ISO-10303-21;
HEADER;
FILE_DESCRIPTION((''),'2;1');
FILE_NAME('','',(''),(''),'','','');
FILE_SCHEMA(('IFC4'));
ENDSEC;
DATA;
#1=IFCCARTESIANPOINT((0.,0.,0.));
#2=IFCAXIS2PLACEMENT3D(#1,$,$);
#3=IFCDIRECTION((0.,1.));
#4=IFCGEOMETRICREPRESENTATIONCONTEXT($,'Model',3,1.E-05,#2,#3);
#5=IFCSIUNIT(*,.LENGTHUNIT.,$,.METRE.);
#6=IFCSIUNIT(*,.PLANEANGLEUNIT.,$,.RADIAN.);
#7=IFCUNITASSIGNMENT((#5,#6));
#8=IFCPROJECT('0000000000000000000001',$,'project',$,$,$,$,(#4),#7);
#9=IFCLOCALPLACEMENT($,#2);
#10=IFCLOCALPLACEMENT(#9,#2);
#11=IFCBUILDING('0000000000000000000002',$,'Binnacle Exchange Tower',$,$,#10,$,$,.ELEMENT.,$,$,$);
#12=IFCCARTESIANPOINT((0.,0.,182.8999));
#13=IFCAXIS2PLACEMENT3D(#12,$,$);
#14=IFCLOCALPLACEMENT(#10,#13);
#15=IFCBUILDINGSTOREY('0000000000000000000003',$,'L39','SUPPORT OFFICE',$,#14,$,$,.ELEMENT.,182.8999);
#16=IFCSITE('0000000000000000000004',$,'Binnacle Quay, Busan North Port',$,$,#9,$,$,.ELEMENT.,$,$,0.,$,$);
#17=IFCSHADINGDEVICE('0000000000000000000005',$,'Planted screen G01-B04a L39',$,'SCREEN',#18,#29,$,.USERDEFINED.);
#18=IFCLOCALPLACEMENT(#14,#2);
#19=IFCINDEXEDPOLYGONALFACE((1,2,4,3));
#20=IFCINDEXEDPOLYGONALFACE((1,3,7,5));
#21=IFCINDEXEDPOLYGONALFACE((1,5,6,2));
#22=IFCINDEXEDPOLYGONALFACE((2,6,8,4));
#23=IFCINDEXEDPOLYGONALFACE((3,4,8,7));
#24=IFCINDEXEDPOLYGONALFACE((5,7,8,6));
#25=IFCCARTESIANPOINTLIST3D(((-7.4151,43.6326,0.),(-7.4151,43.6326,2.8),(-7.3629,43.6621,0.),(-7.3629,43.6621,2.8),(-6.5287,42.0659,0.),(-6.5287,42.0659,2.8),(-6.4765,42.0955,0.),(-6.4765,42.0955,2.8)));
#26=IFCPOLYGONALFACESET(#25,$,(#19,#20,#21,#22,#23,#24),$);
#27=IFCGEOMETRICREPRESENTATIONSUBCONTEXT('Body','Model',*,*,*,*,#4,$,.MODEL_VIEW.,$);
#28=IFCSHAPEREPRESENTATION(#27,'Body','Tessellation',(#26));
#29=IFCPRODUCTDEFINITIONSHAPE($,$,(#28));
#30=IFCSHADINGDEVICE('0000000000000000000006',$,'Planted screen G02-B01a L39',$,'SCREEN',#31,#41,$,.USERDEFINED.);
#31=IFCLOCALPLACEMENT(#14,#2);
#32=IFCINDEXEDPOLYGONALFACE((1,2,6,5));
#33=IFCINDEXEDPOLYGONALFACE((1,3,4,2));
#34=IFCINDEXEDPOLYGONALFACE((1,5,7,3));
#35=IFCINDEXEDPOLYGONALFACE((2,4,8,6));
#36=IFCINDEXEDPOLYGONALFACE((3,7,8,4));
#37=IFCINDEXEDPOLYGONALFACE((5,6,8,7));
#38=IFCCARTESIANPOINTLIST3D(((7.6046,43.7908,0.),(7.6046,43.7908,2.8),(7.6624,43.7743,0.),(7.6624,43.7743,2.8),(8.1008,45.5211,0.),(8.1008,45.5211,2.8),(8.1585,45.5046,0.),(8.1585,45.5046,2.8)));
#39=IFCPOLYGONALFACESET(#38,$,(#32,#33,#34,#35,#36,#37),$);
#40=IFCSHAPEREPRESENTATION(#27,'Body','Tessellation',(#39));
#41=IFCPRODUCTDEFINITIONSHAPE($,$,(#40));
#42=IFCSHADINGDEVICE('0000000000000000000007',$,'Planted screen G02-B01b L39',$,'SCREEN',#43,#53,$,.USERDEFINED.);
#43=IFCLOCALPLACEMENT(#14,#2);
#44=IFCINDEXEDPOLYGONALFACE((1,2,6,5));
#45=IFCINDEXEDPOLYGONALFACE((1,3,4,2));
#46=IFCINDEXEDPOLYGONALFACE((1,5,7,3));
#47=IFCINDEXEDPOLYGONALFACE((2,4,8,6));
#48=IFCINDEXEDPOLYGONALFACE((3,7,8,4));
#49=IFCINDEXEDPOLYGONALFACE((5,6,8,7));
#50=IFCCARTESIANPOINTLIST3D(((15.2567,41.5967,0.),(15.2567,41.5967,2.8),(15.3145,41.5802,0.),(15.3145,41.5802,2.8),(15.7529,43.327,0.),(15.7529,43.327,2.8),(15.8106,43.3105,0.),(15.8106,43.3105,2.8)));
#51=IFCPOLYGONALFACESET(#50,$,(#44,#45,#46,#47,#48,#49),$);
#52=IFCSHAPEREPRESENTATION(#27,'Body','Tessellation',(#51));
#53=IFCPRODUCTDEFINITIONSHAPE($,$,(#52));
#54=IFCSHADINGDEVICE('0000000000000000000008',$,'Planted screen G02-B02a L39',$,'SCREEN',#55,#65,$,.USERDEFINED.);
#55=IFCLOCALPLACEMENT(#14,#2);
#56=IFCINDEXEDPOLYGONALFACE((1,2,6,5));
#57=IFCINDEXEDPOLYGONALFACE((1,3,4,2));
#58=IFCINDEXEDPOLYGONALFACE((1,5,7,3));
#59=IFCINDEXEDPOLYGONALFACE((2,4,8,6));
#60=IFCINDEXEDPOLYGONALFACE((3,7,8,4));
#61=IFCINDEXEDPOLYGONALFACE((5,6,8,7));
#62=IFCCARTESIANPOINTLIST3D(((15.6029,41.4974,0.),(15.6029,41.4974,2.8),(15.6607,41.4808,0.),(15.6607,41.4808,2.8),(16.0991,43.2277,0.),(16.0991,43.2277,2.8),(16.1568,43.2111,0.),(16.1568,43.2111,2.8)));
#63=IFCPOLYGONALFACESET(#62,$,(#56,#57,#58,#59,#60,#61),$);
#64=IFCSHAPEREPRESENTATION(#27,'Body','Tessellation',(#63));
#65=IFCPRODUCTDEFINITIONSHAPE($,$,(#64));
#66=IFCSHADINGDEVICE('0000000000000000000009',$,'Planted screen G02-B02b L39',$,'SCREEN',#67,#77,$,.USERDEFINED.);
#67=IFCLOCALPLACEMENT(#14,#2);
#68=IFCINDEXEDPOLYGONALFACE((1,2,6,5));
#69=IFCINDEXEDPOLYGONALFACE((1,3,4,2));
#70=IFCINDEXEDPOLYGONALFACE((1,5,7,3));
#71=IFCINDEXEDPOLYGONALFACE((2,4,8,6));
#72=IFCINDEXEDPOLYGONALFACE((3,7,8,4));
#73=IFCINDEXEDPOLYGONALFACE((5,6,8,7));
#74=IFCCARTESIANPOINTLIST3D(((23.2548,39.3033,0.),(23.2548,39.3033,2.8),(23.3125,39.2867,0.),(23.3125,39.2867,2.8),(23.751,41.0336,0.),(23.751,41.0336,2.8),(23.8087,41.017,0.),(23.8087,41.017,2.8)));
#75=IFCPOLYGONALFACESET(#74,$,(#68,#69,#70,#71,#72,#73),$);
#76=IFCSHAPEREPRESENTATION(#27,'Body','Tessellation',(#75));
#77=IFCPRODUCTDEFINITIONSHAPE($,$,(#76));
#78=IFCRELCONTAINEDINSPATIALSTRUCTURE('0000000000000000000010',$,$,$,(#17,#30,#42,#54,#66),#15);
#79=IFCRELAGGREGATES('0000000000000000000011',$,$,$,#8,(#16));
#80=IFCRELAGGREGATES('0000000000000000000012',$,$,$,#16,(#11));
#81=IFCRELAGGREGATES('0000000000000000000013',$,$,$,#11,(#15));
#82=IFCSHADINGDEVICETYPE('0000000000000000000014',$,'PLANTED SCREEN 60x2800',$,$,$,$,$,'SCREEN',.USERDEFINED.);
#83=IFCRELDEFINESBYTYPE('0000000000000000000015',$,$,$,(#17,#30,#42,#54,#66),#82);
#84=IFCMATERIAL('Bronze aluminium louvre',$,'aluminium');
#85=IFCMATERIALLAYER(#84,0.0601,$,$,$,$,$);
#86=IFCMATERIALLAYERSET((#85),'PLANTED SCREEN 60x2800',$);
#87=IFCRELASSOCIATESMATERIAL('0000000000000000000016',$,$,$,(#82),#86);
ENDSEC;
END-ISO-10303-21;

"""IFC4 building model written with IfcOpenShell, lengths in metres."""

from ifc_helpers import new_model, si_unit, direction, frame, origin, origin_2d, place, context, subcontext, project, spatial, rectangle, extrude, material, layer, layer_set, type_object, element, save


model = new_model("IFC4")

# Units and contexts
model_context = context("Model", 3, precision=1e-05, world=origin(), true_north=direction((0.0, 1.0)))
body_context = subcontext(model_context, "Body", "Model", "MODEL_VIEW")
ifc_project = project(units=[si_unit("LENGTHUNIT", "METRE"), si_unit("PLANEANGLEUNIT", "RADIAN")], contexts=[model_context])

# Site, building, storey
site_placement = place(None, origin())
site = spatial("IfcSite", under=ifc_project, at=site_placement, Name="Binnacle Quay, Busan North Port", CompositionType="ELEMENT", RefElevation=0.0)
building_placement = place(site_placement, origin())
building = spatial("IfcBuilding", under=site, at=building_placement, Name="Binnacle Exchange Tower", CompositionType="ELEMENT")
storey_placement = place(building_placement, frame((0.0, 0.0, 182.8999)))
storey = spatial("IfcBuildingStorey", under=building, at=storey_placement, Name="L39", Description="SUPPORT OFFICE", CompositionType="ELEMENT", Elevation=182.8999)

# Shading devices
ifc_material_1 = material(Name="Bronze aluminium louvre", Category="aluminium")
ifc_layer_1 = layer(ifc_material_1, 0.0601)
ifc_layer_set_1 = layer_set([ifc_layer_1], Name="PLANTED SCREEN 60x2800")
shading_device_type = type_object("IfcShadingDeviceType", Name="PLANTED SCREEN 60x2800", ElementType="SCREEN", PredefinedType="USERDEFINED", material=ifc_layer_set_1)
for number, where, z_axis, x_axis, name in (
    (1, (-6.9458, 42.864, 0.0), (0.0, 0.0, 1.0), (0.870356, 0.492424, 0.0), "Planted screen G01-B04a L39"),
    (2, (7.8816, 44.6477, 0.0), (0.0, 0.0, 1.0), (0.961262, -0.275637, 0.0), "Planted screen G02-B01a L39"),
    (3, (15.5337, 42.4536, 0.0), (0.0, 0.0, 1.0), (0.961262, -0.275637, 0.0), "Planted screen G02-B01b L39"),
    (4, (15.8799, 42.3542, 0.0), (0.0, 0.0, 1.0), (0.961262, -0.275637, 0.0), "Planted screen G02-B02a L39"),
    (5, (23.5317, 40.1602, 0.0), (0.0, 0.0, 1.0), (0.961262, -0.275637, 0.0), "Planted screen G02-B02b L39"),
):
    element("IfcShadingDevice", number, at=place(storey_placement, frame(where, z_axis=z_axis, x_axis=x_axis)), inside=storey, type_object=shading_device_type, Name=name, ObjectType="SCREEN", PredefinedType="USERDEFINED", context=body_context, shape_type="SweptSolid", body=[
        extrude(rectangle(XDim=0.0601, YDim=1.8, at=origin_2d()), origin(), (0.0, 0.0, 1.0), 2.8),
    ])

save(model, "model.ifc")
